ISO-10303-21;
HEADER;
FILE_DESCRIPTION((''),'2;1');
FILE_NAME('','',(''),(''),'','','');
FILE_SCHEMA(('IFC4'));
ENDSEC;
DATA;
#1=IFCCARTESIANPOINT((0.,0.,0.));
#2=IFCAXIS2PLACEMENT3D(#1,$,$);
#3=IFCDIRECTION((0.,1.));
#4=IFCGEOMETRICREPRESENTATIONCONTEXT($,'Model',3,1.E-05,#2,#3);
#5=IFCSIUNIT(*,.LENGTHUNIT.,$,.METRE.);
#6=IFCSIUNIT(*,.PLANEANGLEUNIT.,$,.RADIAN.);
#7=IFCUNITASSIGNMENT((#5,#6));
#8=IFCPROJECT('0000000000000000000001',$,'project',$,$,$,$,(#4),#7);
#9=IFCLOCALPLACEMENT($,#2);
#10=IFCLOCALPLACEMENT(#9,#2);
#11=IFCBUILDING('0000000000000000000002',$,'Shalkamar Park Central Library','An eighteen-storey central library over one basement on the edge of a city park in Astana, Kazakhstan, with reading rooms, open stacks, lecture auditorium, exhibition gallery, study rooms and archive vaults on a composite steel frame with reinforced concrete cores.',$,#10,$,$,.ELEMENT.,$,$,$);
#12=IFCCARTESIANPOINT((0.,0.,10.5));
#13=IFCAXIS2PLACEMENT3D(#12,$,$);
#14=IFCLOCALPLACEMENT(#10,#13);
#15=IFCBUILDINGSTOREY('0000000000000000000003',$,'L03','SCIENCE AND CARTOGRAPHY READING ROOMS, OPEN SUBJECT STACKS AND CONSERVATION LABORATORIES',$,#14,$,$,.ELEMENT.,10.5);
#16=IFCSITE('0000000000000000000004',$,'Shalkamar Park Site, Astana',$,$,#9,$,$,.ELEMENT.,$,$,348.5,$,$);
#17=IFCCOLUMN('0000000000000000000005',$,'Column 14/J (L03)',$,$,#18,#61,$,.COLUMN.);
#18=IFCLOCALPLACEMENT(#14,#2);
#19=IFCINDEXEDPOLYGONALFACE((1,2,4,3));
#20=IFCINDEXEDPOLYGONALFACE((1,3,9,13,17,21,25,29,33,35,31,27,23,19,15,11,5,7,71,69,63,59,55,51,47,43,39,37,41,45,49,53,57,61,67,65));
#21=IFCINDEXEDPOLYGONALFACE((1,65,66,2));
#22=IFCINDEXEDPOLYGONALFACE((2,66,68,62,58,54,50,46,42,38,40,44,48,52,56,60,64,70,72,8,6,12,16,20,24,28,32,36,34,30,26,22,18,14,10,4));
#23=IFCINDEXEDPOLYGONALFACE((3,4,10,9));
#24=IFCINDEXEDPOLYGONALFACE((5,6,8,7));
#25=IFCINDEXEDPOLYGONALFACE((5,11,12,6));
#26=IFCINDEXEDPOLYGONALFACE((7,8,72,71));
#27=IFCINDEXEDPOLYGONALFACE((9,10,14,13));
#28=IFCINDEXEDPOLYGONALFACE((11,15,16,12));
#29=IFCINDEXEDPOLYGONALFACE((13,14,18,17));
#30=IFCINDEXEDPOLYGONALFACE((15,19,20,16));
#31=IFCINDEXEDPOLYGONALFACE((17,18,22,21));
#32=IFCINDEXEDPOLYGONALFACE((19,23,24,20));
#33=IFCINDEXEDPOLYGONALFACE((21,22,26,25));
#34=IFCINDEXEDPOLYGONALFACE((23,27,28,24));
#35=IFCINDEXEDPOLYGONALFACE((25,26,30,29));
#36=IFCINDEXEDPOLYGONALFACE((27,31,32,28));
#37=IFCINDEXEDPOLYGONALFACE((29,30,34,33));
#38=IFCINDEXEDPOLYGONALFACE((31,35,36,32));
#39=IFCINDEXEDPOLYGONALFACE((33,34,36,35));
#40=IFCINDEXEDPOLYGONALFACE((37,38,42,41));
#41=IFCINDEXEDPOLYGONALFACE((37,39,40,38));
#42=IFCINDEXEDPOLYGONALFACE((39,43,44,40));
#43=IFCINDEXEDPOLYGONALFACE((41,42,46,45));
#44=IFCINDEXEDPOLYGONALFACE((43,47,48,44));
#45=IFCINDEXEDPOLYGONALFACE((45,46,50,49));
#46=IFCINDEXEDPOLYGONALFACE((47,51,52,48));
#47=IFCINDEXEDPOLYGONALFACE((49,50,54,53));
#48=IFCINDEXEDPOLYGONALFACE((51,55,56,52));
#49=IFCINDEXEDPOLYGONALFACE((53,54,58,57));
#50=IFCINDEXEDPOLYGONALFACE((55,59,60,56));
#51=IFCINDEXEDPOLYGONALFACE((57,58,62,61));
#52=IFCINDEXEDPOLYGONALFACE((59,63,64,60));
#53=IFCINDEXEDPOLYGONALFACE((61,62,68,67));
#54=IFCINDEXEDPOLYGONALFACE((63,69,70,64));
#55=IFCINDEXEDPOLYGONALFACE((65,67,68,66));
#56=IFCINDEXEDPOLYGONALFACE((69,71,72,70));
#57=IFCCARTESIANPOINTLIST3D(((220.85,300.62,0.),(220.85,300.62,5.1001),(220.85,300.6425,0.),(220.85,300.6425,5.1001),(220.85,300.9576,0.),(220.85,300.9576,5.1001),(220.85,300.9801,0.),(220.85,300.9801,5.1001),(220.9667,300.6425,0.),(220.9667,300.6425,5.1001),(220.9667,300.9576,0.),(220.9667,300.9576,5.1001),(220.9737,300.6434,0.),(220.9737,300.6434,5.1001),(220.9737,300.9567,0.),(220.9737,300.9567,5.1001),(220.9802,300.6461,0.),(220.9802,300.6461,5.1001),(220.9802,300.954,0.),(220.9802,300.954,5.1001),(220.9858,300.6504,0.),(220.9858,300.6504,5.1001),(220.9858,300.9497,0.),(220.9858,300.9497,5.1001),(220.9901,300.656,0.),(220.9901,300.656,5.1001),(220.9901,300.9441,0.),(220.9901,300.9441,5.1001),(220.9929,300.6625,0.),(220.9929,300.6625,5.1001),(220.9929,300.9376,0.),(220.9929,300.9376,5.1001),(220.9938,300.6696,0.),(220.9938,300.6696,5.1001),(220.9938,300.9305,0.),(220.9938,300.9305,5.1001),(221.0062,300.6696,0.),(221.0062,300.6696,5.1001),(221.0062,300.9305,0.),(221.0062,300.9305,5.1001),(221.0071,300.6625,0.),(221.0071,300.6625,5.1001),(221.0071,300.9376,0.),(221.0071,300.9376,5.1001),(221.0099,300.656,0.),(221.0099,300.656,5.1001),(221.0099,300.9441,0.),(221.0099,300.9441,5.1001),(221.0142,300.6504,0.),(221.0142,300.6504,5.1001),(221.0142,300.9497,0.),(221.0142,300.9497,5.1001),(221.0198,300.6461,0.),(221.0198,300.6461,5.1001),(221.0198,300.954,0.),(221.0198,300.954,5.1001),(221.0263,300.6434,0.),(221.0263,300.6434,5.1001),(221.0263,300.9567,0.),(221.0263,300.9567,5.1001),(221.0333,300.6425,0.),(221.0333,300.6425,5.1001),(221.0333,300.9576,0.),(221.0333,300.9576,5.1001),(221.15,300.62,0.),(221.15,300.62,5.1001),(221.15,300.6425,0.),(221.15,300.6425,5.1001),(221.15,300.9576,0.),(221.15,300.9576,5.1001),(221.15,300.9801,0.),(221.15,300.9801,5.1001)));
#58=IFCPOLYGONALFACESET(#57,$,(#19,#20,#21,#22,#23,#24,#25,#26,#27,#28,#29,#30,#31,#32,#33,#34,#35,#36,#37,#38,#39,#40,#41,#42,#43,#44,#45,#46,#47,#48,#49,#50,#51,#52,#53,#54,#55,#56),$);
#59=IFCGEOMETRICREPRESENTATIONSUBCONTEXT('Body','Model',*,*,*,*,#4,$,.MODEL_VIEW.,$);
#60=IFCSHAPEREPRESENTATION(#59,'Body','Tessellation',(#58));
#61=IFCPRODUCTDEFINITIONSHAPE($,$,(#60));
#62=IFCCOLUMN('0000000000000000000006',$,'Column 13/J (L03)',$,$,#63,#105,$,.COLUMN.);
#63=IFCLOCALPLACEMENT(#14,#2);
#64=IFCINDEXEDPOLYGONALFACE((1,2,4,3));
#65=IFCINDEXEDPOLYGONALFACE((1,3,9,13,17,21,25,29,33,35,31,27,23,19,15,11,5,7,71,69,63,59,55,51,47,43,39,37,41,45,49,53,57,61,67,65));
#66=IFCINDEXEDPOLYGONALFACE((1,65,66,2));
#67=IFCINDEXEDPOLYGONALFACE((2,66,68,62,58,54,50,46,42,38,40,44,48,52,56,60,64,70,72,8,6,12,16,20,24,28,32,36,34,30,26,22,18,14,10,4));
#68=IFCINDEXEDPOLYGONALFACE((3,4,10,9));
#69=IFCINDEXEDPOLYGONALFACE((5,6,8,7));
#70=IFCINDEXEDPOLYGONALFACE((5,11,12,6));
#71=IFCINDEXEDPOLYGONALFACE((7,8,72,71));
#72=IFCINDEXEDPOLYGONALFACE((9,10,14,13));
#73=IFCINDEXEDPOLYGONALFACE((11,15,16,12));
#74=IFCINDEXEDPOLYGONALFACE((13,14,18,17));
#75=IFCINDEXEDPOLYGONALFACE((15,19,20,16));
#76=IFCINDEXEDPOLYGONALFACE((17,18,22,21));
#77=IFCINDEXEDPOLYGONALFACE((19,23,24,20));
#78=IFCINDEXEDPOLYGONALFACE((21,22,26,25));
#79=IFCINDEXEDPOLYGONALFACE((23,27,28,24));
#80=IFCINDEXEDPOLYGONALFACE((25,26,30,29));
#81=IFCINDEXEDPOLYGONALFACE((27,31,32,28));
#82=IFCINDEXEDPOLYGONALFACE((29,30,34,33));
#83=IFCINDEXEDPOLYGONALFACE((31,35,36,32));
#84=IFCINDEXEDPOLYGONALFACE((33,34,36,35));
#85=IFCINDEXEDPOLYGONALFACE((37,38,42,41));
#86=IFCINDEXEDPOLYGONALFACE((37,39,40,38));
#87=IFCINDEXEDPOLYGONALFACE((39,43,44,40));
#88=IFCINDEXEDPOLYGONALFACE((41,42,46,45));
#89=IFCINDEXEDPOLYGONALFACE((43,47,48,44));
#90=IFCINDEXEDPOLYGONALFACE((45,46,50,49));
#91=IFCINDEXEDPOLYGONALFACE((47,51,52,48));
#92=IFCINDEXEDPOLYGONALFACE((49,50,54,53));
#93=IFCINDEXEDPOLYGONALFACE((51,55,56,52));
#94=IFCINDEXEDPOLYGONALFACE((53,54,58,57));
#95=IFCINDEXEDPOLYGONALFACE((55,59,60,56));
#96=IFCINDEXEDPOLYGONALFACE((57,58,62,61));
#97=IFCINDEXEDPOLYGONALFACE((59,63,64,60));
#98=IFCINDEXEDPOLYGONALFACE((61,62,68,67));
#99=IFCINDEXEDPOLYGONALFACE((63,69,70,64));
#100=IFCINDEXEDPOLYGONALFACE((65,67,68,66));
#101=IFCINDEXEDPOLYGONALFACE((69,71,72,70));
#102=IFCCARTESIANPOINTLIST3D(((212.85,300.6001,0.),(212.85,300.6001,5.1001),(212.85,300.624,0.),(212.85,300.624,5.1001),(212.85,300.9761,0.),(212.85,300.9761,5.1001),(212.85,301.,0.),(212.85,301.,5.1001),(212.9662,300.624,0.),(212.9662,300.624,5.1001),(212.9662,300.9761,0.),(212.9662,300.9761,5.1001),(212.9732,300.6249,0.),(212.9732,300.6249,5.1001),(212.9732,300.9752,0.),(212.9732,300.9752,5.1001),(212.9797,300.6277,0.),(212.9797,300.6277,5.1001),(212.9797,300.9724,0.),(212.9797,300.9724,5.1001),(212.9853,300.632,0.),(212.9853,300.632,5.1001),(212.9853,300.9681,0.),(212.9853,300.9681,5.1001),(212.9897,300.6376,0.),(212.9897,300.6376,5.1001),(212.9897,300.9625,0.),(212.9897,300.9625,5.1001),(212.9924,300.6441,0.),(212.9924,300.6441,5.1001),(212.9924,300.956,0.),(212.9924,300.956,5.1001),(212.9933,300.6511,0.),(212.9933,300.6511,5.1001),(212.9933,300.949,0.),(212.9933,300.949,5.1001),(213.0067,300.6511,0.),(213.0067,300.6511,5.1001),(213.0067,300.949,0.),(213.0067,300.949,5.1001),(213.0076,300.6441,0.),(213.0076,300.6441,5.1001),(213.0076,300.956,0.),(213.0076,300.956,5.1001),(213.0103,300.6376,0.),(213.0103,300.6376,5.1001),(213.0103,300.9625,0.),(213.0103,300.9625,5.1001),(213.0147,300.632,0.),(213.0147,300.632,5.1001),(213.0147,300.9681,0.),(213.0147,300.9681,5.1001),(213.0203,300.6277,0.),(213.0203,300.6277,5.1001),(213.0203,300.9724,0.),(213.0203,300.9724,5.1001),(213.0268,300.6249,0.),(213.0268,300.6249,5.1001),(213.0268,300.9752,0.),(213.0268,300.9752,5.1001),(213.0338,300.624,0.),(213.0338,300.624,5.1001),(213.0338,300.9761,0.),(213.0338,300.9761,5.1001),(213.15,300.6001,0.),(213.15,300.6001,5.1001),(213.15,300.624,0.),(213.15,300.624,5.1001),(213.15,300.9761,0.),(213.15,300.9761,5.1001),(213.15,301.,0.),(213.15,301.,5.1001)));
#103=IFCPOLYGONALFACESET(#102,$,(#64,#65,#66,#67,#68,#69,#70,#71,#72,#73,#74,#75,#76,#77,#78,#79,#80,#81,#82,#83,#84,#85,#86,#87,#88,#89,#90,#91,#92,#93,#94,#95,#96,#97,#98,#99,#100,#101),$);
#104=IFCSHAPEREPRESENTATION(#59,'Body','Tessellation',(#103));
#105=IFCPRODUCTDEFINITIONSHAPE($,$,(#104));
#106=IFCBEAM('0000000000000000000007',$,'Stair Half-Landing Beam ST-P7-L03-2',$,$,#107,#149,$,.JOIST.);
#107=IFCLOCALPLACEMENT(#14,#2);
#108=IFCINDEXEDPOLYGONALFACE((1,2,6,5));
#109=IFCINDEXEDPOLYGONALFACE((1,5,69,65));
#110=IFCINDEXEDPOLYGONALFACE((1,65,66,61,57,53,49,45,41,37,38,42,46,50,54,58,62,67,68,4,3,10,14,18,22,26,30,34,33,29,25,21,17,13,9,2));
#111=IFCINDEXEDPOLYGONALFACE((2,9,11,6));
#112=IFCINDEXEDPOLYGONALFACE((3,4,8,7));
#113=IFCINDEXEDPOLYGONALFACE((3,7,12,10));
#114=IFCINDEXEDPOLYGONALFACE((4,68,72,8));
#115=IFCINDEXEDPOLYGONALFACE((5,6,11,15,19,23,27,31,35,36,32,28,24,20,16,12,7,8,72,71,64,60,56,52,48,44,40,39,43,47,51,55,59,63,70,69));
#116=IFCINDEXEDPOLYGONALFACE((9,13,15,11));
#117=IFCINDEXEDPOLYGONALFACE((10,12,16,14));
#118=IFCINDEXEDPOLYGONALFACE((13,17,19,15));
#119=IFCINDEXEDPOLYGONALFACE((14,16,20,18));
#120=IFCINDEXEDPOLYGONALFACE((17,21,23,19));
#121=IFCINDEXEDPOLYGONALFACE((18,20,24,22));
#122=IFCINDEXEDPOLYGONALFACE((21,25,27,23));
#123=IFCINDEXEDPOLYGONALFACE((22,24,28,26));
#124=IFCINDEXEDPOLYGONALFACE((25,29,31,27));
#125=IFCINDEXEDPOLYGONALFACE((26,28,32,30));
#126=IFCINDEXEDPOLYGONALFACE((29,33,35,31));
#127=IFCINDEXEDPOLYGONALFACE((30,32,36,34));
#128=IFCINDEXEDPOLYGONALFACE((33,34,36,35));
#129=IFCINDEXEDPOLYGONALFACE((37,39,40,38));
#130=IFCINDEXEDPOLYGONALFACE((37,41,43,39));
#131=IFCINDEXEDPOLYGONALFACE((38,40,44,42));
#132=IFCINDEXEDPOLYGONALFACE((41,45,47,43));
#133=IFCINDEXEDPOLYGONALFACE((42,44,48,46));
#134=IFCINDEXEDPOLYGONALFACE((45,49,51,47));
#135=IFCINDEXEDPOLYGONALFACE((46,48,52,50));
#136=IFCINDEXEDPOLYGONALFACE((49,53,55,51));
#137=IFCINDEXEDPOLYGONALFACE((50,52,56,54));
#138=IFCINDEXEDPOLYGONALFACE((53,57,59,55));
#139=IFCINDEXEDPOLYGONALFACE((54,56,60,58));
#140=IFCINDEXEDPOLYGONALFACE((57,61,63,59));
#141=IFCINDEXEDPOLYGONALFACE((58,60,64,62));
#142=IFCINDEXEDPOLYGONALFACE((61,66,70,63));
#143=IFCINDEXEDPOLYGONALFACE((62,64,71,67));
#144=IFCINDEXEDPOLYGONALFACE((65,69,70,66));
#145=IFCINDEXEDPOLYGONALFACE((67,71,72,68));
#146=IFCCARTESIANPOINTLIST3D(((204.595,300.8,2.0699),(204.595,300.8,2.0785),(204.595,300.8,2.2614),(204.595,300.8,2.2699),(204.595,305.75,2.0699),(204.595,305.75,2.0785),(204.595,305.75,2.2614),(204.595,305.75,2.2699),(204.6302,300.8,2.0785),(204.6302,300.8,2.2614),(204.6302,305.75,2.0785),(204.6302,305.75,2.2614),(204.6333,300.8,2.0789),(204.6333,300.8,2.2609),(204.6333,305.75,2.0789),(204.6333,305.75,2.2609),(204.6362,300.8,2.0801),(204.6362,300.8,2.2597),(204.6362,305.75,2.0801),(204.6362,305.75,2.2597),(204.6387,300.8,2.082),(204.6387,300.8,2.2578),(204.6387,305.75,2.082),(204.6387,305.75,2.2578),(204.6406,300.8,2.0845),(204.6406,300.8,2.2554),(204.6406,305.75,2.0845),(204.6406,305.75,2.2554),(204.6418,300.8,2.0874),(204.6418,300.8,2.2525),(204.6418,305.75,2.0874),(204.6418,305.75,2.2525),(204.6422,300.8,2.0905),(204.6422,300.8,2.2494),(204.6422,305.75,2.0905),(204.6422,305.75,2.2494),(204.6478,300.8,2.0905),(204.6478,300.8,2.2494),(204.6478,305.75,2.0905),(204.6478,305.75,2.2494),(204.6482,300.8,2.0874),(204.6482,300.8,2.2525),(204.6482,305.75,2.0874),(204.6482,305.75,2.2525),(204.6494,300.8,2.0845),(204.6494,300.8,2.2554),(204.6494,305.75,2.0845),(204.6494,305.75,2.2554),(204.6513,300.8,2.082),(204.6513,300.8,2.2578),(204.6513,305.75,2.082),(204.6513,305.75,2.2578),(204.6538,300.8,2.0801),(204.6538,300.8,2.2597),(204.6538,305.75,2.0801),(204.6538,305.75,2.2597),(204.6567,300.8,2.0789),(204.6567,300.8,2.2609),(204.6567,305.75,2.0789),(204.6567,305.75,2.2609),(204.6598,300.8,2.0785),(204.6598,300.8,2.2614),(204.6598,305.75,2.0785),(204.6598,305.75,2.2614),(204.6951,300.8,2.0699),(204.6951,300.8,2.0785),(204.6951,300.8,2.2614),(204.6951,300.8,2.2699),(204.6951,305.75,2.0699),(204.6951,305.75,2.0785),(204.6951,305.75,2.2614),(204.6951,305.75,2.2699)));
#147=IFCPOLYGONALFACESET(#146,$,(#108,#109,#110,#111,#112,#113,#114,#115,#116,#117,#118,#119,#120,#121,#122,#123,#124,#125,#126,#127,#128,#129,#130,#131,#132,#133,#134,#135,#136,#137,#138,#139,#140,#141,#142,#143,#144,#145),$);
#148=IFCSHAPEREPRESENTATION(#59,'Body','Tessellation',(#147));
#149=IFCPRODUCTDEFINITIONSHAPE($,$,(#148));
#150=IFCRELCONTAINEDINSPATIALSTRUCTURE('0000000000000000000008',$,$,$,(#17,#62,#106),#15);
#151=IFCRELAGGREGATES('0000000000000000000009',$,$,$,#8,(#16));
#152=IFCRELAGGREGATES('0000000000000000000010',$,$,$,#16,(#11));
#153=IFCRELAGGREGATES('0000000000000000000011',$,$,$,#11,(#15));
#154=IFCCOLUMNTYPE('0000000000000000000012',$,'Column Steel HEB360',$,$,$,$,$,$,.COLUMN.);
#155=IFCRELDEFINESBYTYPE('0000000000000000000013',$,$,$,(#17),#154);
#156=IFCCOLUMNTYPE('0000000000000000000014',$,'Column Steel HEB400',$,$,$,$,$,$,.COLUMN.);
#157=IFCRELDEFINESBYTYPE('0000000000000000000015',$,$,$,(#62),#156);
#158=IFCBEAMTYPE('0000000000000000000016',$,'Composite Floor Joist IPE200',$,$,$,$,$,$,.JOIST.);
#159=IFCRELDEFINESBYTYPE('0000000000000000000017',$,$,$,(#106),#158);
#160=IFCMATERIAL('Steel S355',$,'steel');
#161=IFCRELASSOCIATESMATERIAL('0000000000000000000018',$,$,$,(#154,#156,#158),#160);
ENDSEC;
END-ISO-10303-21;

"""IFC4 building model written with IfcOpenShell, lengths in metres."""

from ifc_helpers import new_model, si_unit, direction, frame, origin, origin_2d, place, context, subcontext, project, spatial, i_section, extrude, material, material_profile, profile_set, type_object, element, save


model = new_model("IFC4")

# Units and contexts
model_context = context("Model", 3, precision=1e-05, world=origin(), true_north=direction((0.0, 1.0)))
body_context = subcontext(model_context, "Body", "Model", "MODEL_VIEW")
ifc_project = project(units=[si_unit("LENGTHUNIT", "METRE"), si_unit("PLANEANGLEUNIT", "RADIAN")], contexts=[model_context])

# Site, building, storey
site_placement = place(None, origin())
site = spatial("IfcSite", under=ifc_project, at=site_placement, Name="Shalkamar Park Site, Astana", CompositionType="ELEMENT", RefElevation=348.5)
building_placement = place(site_placement, origin())
building = spatial("IfcBuilding", under=site, at=building_placement, Name="Shalkamar Park Central Library", Description="An eighteen-storey central library over one basement on the edge of a city park in Astana, Kazakhstan, with reading rooms, open stacks, lecture auditorium, exhibition gallery, study rooms and archive vaults on a composite steel frame with reinforced concrete cores.", CompositionType="ELEMENT")
storey_placement = place(building_placement, frame((0.0, 0.0, 10.5)))
storey = spatial("IfcBuildingStorey", under=building, at=storey_placement, Name="L03", Description="SCIENCE AND CARTOGRAPHY READING ROOMS, OPEN SUBJECT STACKS AND CONSERVATION LABORATORIES", CompositionType="ELEMENT", Elevation=10.5)

# Columns
ifc_material_1 = material(Name="Steel S355", Category="steel")
ifc_material_profile_1 = material_profile(ifc_material_1, i_section(OverallWidth=0.3, OverallDepth=0.3601, WebThickness=0.0125, FlangeThickness=0.0225, FilletRadius=0.0271, at=origin_2d()), Name="HEB 360")
ifc_profile_set_1 = profile_set([ifc_material_profile_1], Name="Steel S355")
column_type_1 = type_object("IfcColumnType", Name="Column Steel HEB360", PredefinedType="COLUMN", material=ifc_profile_set_1)
for number, where, z_axis, x_axis, name in (
    (1, (221.0, 300.8, 0.0), (0.0, 0.0, 1.0), (1.0, 0.0, 0.0), "Column 14/J (L03)"),
):
    element("IfcColumn", number, at=place(storey_placement, frame(where, z_axis=z_axis, x_axis=x_axis)), inside=storey, type_object=column_type_1, Name=name, PredefinedType="COLUMN", context=body_context, shape_type="SweptSolid", body=[
        extrude(i_section(OverallWidth=0.3, OverallDepth=0.3601, WebThickness=0.0125, FlangeThickness=0.0225, FilletRadius=0.0271, at=origin_2d()), origin(), (0.0, 0.0, 1.0), 5.1001),
    ])
ifc_material_profile_2 = material_profile(ifc_material_1, i_section(OverallWidth=0.3, OverallDepth=0.3999, WebThickness=0.0134, FlangeThickness=0.0239, FilletRadius=0.0271, at=origin_2d()), Name="HEB 400")
ifc_profile_set_2 = profile_set([ifc_material_profile_2], Name="Steel S355")
column_type_2 = type_object("IfcColumnType", Name="Column Steel HEB400", PredefinedType="COLUMN", material=ifc_profile_set_2)
column_1_placement = place(storey_placement, frame((213.0, 300.8, 0.0), z_axis=(0.0, 0.0, 1.0), x_axis=(1.0, 0.0, 0.0)))
element("IfcColumn", 2, at=column_1_placement, inside=storey, type_object=column_type_2, Name="Column 13/J (L03)", PredefinedType="COLUMN", context=body_context, shape_type="SweptSolid", body=[
    extrude(i_section(OverallWidth=0.3, OverallDepth=0.3999, WebThickness=0.0134, FlangeThickness=0.0239, FilletRadius=0.0271, at=origin_2d()), origin(), (0.0, 0.0, 1.0), 5.1001),
])

# Beam
ifc_material_profile_3 = material_profile(ifc_material_1, i_section(OverallWidth=0.1001, OverallDepth=0.2, WebThickness=0.0056, FlangeThickness=0.0085, FilletRadius=0.012, at=origin_2d()), Name="IPE 200")
ifc_profile_set_3 = profile_set([ifc_material_profile_3], Name="Steel S355")
beam_type_1 = type_object("IfcBeamType", Name="Composite Floor Joist IPE200", PredefinedType="JOIST", material=ifc_profile_set_3)
beam_1_placement = place(storey_placement, frame((204.645, 300.8, 2.1699), z_axis=(0.0, 1.0, 0.0), x_axis=(-1.0, 0.0, 0.0)))
element("IfcBeam", 3, at=beam_1_placement, inside=storey, type_object=beam_type_1, Name="Stair Half-Landing Beam ST-P7-L03-2", PredefinedType="JOIST", context=body_context, shape_type="SweptSolid", body=[
    extrude(i_section(OverallWidth=0.1001, OverallDepth=0.2, WebThickness=0.0056, FlangeThickness=0.0085, FilletRadius=0.012, at=origin_2d()), origin(), (0.0, 0.0, 1.0), 4.95),
])

save(model, "model.ifc")
